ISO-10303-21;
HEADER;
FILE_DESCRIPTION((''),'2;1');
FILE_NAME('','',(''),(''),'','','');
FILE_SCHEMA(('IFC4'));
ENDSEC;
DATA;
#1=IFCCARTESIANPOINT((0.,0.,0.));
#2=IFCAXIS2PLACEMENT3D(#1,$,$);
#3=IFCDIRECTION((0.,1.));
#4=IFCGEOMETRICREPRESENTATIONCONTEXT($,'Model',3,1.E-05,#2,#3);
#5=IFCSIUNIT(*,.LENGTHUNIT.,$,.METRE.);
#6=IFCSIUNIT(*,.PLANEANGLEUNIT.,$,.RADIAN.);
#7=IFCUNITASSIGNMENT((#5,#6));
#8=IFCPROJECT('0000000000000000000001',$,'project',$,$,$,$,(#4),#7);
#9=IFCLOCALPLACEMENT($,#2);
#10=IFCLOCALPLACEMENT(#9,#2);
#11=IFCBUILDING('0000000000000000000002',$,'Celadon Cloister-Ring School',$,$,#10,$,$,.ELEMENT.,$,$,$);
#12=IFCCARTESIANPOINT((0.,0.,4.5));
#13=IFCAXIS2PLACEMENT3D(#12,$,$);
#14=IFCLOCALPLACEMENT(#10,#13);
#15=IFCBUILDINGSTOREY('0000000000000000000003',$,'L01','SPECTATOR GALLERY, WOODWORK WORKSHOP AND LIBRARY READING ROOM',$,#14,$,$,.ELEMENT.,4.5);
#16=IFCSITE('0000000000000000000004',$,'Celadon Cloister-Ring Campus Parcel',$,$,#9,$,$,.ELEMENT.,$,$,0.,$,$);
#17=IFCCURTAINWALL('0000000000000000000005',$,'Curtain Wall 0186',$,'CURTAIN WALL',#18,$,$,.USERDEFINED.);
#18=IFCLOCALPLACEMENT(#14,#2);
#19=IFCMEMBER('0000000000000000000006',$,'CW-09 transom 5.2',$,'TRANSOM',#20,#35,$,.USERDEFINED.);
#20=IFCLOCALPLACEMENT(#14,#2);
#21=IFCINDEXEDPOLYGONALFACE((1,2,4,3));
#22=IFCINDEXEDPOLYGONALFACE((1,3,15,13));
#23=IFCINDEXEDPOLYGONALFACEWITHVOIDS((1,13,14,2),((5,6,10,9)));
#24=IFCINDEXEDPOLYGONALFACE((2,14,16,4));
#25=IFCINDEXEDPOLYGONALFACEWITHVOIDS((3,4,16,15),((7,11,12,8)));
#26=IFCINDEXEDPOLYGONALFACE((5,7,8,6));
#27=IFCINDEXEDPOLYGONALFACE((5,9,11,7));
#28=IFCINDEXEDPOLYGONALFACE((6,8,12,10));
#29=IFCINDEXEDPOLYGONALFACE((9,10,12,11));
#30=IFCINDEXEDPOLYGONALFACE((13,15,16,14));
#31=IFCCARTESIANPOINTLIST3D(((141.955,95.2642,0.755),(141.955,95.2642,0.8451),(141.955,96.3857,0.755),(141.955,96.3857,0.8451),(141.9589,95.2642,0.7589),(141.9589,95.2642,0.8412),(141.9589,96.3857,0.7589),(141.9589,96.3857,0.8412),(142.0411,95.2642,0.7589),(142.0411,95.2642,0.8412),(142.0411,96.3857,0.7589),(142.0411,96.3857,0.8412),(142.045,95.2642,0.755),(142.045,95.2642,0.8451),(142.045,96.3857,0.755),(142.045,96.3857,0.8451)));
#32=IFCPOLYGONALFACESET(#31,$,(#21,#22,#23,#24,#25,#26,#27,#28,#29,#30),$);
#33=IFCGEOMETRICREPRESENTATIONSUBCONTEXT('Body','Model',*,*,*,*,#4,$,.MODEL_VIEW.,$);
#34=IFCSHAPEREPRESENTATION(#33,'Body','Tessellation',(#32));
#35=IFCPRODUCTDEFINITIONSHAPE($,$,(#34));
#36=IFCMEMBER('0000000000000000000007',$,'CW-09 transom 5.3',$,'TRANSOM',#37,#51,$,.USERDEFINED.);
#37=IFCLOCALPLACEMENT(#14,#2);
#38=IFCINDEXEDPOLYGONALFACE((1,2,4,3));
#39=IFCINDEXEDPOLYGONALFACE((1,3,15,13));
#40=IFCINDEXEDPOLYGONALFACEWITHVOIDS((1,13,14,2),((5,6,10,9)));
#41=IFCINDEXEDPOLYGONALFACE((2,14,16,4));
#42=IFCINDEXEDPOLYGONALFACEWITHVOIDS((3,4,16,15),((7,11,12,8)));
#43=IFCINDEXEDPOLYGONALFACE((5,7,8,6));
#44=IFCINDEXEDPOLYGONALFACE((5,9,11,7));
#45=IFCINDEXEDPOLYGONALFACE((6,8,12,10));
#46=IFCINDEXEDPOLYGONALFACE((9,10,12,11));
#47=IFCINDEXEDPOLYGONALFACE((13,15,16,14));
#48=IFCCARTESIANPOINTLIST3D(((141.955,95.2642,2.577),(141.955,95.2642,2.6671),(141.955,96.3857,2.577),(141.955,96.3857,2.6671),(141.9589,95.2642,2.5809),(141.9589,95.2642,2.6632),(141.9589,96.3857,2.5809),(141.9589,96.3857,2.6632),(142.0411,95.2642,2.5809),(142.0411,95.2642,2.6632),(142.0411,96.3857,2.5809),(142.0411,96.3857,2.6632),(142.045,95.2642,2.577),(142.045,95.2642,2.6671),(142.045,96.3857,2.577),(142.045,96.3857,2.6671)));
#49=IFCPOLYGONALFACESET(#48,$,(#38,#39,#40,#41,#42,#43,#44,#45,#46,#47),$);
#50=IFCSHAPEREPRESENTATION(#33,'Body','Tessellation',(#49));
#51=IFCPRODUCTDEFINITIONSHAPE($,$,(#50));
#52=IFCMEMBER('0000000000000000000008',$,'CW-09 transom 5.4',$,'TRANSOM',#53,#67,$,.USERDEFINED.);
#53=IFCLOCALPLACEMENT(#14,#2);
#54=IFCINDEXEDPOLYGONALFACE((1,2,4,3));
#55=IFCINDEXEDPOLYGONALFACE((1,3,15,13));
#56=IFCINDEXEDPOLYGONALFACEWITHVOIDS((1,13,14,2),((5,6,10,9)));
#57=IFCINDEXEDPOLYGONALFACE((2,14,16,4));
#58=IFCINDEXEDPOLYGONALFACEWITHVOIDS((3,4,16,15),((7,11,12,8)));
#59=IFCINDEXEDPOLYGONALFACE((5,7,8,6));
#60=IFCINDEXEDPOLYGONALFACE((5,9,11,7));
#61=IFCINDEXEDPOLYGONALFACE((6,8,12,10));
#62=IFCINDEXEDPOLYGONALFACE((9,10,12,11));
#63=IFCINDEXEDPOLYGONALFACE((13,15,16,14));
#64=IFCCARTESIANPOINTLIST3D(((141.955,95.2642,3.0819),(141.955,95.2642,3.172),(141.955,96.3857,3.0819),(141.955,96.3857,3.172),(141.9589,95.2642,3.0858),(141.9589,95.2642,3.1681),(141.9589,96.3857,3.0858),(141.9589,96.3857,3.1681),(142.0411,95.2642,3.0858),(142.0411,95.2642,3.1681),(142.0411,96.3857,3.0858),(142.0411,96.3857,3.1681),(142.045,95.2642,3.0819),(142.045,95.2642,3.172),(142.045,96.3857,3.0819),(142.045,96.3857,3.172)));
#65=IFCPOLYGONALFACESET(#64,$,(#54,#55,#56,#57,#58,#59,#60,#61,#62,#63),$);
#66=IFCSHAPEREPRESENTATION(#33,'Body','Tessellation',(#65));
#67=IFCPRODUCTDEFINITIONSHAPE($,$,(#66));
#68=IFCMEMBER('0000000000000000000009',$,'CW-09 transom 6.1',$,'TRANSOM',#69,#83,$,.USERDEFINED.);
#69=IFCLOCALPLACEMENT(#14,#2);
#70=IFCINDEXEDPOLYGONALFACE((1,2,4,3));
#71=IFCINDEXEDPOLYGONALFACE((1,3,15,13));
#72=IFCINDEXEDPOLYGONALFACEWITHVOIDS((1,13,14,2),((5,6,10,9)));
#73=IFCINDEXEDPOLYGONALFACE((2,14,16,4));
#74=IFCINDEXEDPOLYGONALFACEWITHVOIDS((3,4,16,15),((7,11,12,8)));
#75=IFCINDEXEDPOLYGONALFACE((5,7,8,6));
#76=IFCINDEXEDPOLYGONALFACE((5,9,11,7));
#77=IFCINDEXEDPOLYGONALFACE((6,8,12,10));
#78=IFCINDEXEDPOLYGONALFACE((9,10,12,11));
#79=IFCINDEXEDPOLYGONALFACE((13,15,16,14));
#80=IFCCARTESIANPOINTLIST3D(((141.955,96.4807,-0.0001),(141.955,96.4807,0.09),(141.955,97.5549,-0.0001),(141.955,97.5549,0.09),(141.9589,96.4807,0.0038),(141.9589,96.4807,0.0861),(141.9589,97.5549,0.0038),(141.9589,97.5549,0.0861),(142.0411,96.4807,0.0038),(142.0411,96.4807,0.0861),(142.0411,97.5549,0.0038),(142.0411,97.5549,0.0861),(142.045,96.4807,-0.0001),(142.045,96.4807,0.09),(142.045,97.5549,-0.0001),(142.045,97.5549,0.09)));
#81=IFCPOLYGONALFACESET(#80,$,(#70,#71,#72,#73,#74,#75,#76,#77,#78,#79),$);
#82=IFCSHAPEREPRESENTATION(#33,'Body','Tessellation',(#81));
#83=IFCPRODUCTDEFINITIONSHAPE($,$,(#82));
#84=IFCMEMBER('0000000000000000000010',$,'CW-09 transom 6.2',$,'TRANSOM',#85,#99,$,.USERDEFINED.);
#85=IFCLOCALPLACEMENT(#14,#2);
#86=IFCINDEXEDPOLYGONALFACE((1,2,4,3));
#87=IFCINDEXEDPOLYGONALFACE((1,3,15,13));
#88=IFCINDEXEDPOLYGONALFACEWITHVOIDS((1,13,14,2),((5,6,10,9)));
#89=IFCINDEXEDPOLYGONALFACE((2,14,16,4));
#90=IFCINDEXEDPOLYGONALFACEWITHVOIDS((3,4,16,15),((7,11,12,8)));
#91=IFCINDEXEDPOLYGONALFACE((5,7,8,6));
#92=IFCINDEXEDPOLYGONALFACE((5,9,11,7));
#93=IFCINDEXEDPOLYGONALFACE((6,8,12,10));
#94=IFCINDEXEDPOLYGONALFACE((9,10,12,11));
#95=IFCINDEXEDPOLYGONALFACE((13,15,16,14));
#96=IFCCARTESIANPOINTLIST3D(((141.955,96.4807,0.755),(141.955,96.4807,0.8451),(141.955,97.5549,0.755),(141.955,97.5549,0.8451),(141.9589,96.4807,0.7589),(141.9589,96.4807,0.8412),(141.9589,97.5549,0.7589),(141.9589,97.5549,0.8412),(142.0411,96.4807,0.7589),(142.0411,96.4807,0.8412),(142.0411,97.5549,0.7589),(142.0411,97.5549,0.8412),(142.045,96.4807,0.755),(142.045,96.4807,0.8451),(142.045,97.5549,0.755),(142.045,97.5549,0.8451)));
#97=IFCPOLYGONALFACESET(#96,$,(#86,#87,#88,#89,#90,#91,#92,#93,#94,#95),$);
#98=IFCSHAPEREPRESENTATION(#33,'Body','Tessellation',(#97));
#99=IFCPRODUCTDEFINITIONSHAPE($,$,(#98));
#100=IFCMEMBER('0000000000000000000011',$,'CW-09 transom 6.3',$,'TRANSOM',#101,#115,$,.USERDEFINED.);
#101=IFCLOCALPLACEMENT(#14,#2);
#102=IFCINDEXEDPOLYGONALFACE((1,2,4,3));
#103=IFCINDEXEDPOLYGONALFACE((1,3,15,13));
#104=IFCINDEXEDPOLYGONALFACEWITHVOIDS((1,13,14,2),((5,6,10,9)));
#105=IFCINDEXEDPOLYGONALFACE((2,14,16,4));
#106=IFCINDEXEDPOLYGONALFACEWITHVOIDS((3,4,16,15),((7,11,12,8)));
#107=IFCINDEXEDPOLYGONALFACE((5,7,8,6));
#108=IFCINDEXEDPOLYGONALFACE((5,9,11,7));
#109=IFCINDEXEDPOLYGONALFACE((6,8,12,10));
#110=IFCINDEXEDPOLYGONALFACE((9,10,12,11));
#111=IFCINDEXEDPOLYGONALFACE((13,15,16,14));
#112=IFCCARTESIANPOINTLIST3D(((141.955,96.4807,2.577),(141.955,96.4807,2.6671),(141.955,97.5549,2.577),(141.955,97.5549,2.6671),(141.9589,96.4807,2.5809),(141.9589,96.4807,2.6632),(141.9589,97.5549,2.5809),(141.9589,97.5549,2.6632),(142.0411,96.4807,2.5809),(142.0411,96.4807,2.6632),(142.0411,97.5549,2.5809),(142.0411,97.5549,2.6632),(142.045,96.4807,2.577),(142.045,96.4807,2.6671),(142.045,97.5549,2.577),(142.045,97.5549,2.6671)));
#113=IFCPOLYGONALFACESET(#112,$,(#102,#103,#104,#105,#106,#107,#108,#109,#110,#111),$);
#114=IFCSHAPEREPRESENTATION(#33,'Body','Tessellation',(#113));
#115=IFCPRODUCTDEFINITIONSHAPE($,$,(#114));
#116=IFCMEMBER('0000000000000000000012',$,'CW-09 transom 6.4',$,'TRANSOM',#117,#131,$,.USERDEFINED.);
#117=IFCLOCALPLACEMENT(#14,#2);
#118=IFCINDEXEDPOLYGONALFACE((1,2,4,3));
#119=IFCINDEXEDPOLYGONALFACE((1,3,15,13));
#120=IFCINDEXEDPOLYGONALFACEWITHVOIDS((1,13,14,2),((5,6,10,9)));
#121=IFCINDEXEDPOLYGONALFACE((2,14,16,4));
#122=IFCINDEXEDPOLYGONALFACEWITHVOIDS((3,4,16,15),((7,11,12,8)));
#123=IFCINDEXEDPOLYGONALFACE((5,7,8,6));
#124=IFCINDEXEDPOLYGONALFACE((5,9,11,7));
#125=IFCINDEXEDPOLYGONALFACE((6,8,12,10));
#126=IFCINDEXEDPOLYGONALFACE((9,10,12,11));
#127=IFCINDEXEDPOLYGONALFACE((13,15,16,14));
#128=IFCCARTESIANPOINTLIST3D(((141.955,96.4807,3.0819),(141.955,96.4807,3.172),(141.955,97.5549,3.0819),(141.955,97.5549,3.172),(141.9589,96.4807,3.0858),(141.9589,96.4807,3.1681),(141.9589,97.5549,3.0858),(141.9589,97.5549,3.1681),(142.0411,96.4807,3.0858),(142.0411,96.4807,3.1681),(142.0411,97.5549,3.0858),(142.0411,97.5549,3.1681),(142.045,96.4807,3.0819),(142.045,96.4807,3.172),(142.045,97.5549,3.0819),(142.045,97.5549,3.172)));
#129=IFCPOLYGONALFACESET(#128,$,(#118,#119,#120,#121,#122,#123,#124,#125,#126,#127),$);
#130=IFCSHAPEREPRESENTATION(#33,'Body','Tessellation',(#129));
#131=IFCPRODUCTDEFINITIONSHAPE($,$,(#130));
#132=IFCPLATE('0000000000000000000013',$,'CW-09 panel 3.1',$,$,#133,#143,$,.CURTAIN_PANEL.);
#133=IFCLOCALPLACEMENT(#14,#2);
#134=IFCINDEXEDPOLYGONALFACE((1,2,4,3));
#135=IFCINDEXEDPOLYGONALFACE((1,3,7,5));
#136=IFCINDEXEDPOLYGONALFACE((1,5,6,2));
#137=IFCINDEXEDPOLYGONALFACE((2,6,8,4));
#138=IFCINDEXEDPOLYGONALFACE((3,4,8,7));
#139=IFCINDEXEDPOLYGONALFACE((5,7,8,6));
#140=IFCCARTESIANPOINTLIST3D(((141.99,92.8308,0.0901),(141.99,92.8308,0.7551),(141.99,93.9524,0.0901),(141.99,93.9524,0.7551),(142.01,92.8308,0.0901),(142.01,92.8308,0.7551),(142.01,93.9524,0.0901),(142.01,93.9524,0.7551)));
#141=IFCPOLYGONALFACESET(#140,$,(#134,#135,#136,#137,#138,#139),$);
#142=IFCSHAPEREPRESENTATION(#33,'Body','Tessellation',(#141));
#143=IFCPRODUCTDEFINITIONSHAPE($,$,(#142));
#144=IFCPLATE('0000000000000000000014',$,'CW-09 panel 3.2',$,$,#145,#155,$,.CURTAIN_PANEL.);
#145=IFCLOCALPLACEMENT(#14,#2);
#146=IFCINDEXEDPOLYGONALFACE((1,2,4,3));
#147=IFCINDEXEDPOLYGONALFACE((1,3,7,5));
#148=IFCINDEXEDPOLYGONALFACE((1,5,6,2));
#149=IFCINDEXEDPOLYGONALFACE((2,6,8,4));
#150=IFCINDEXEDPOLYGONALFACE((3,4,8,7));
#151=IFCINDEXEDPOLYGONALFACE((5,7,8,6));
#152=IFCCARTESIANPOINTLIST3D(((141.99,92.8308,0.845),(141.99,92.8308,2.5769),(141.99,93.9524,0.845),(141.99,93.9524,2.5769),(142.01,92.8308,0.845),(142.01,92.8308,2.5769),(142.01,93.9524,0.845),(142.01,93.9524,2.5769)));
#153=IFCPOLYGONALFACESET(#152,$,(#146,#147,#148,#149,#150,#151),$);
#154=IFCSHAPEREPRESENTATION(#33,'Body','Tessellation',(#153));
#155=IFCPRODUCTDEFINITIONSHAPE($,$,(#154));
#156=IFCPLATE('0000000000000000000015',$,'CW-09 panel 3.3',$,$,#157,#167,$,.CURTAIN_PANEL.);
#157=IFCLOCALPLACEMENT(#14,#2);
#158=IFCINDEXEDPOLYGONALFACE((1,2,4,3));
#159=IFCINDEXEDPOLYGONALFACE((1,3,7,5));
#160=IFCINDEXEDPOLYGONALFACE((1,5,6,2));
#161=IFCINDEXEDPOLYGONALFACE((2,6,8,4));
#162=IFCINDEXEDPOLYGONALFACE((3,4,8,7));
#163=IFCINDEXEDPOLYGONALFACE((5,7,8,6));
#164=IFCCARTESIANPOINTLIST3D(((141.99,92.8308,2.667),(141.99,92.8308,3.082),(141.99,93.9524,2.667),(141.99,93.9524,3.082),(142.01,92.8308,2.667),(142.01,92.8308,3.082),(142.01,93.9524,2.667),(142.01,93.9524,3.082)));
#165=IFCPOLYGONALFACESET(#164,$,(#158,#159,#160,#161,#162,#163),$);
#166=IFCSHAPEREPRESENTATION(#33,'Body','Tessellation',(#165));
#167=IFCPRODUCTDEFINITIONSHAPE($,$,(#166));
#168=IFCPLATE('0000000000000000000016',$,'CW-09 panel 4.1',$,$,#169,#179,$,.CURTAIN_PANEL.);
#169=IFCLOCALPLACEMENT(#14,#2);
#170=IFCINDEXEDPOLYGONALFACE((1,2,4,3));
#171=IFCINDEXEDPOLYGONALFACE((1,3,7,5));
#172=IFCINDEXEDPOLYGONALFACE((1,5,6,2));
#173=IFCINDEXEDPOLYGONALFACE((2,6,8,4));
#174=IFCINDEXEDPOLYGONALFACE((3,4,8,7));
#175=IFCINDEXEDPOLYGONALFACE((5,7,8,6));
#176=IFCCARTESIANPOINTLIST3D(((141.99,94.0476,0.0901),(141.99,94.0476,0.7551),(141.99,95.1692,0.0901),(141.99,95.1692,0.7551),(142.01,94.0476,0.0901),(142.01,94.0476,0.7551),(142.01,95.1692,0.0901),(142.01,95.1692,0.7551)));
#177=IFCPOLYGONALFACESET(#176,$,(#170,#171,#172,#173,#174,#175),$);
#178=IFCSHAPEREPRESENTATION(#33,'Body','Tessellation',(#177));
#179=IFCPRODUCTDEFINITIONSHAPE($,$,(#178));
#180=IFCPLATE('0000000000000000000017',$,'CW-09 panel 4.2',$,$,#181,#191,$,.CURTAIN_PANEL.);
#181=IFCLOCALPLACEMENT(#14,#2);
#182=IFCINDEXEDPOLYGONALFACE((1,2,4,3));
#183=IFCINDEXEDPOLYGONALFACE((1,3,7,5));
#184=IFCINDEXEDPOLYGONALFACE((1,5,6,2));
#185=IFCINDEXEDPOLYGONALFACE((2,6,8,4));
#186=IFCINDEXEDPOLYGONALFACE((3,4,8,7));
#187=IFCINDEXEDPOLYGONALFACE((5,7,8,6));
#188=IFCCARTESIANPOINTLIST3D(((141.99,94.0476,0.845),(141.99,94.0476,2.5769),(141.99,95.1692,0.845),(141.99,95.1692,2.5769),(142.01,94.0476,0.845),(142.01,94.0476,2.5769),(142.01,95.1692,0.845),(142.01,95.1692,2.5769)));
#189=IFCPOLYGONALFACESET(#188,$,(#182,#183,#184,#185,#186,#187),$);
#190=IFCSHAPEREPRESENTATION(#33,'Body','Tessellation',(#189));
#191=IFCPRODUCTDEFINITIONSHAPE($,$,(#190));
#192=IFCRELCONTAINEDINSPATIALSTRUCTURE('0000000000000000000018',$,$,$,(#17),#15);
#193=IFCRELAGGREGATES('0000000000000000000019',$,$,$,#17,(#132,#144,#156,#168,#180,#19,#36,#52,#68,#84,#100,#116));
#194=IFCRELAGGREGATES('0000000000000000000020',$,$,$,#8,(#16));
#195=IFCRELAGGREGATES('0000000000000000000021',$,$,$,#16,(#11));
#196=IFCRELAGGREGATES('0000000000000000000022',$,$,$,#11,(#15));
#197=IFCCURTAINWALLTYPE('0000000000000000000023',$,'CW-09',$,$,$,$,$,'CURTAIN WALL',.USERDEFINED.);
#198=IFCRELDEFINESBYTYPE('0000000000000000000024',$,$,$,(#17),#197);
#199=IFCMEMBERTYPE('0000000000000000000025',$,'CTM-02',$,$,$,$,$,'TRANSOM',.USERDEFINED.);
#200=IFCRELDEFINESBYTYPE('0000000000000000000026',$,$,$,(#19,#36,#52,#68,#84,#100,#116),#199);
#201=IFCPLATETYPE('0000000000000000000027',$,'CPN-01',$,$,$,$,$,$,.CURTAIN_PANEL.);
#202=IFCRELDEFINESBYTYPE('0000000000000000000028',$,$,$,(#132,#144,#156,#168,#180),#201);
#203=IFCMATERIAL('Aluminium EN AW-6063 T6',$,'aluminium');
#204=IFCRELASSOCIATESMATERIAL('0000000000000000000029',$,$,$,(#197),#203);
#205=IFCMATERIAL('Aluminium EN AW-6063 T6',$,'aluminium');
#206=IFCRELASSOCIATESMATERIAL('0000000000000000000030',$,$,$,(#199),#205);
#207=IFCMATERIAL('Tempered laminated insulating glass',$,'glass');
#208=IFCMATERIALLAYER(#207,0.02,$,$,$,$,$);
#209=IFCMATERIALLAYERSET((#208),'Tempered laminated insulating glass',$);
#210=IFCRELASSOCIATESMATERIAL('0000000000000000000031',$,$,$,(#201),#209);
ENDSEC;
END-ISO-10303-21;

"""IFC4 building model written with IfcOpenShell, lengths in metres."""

from ifc_helpers import new_model, si_unit, direction, frame, origin, origin_2d, place, context, subcontext, project, spatial, rectangle, hollow_rectangle, extrude, material, layer, layer_set, material_profile, profile_set, type_object, element, aggregate, save


model = new_model("IFC4")

# Units and contexts
model_context = context("Model", 3, precision=1e-05, world=origin(), true_north=direction((0.0, 1.0)))
body_context = subcontext(model_context, "Body", "Model", "MODEL_VIEW")
ifc_project = project(units=[si_unit("LENGTHUNIT", "METRE"), si_unit("PLANEANGLEUNIT", "RADIAN")], contexts=[model_context])

# Site, building, storey
site_placement = place(None, origin())
site = spatial("IfcSite", under=ifc_project, at=site_placement, Name="Celadon Cloister-Ring Campus Parcel", CompositionType="ELEMENT", RefElevation=0.0)
building_placement = place(site_placement, origin())
building = spatial("IfcBuilding", under=site, at=building_placement, Name="Celadon Cloister-Ring School", CompositionType="ELEMENT")
storey_placement = place(building_placement, frame((0.0, 0.0, 4.5)))
storey = spatial("IfcBuildingStorey", under=building, at=storey_placement, Name="L01", Description="SPECTATOR GALLERY, WOODWORK WORKSHOP AND LIBRARY READING ROOM", CompositionType="ELEMENT", Elevation=4.5)

# Curtain wall, members, plates
ifc_material_1 = material(Name="Aluminium EN AW-6063 T6", Category="aluminium")
curtain_wall_type = type_object("IfcCurtainWallType", Name="CW-09", ElementType="CURTAIN WALL", PredefinedType="USERDEFINED", material=ifc_material_1)
curtain_wall_placement = place(storey_placement, origin())
curtain_wall = element("IfcCurtainWall", 1, at=curtain_wall_placement, inside=storey, type_object=curtain_wall_type, Name="Curtain Wall 0186", ObjectType="CURTAIN WALL", PredefinedType="USERDEFINED")
ifc_material_2 = material(Name="Aluminium EN AW-6063 T6", Category="aluminium")
ifc_material_profile_1 = material_profile(ifc_material_2, hollow_rectangle(XDim=0.0901, YDim=0.0901, WallThickness=0.0039, at=origin_2d()), Name="RHS90X90X4")
ifc_profile_set_1 = profile_set([ifc_material_profile_1], Name="Aluminium EN AW-6063 T6")
member_type_1 = type_object("IfcMemberType", Name="CTM-02", ElementType="TRANSOM", PredefinedType="USERDEFINED", material=ifc_profile_set_1)
member_1_placement = place(storey_placement, frame((142.0, 95.2642, 0.8), z_axis=(0.0, 1.0, 0.0), x_axis=(-1.0, 0.0, 0.0)))
member_1 = element("IfcMember", 2, at=member_1_placement, type_object=member_type_1, Name="CW-09 transom 5.2", ObjectType="TRANSOM", PredefinedType="USERDEFINED", context=body_context, shape_type="SweptSolid", body=[
    extrude(hollow_rectangle(XDim=0.0901, YDim=0.0901, WallThickness=0.0039, at=origin_2d()), origin(), (0.0, 0.0, 1.0), 1.1216),
])
member_2_placement = place(storey_placement, frame((142.0, 95.2642, 2.6221), z_axis=(0.0, 1.0, 0.0), x_axis=(-1.0, 0.0, 0.0)))
member_2 = element("IfcMember", 3, at=member_2_placement, type_object=member_type_1, Name="CW-09 transom 5.3", ObjectType="TRANSOM", PredefinedType="USERDEFINED", context=body_context, shape_type="SweptSolid", body=[
    extrude(hollow_rectangle(XDim=0.0901, YDim=0.0901, WallThickness=0.0039, at=origin_2d()), origin(), (0.0, 0.0, 1.0), 1.1216),
])
member_3_placement = place(storey_placement, frame((142.0, 95.2642, 3.127), z_axis=(0.0, 1.0, 0.0), x_axis=(-1.0, 0.0, 0.0)))
member_3 = element("IfcMember", 4, at=member_3_placement, type_object=member_type_1, Name="CW-09 transom 5.4", ObjectType="TRANSOM", PredefinedType="USERDEFINED", context=body_context, shape_type="SweptSolid", body=[
    extrude(hollow_rectangle(XDim=0.0901, YDim=0.0901, WallThickness=0.0039, at=origin_2d()), origin(), (0.0, 0.0, 1.0), 1.1216),
])
member_4_placement = place(storey_placement, frame((142.0, 96.4807, 0.0449), z_axis=(0.0, 1.0, 0.0), x_axis=(-1.0, 0.0, 0.0)))
member_4 = element("IfcMember", 5, at=member_4_placement, type_object=member_type_1, Name="CW-09 transom 6.1", ObjectType="TRANSOM", PredefinedType="USERDEFINED", context=body_context, shape_type="SweptSolid", body=[
    extrude(hollow_rectangle(XDim=0.0901, YDim=0.0901, WallThickness=0.0039, at=origin_2d()), origin(), (0.0, 0.0, 1.0), 1.0742),
])
member_5_placement = place(storey_placement, frame((142.0, 96.4807, 0.8), z_axis=(0.0, 1.0, 0.0), x_axis=(-1.0, 0.0, 0.0)))
member_5 = element("IfcMember", 6, at=member_5_placement, type_object=member_type_1, Name="CW-09 transom 6.2", ObjectType="TRANSOM", PredefinedType="USERDEFINED", context=body_context, shape_type="SweptSolid", body=[
    extrude(hollow_rectangle(XDim=0.0901, YDim=0.0901, WallThickness=0.0039, at=origin_2d()), origin(), (0.0, 0.0, 1.0), 1.0742),
])
member_6_placement = place(storey_placement, frame((142.0, 96.4807, 2.6221), z_axis=(0.0, 1.0, 0.0), x_axis=(-1.0, 0.0, 0.0)))
member_6 = element("IfcMember", 7, at=member_6_placement, type_object=member_type_1, Name="CW-09 transom 6.3", ObjectType="TRANSOM", PredefinedType="USERDEFINED", context=body_context, shape_type="SweptSolid", body=[
    extrude(hollow_rectangle(XDim=0.0901, YDim=0.0901, WallThickness=0.0039, at=origin_2d()), origin(), (0.0, 0.0, 1.0), 1.0742),
])
member_7_placement = place(storey_placement, frame((142.0, 96.4807, 3.127), z_axis=(0.0, 1.0, 0.0), x_axis=(-1.0, 0.0, 0.0)))
member_7 = element("IfcMember", 8, at=member_7_placement, type_object=member_type_1, Name="CW-09 transom 6.4", ObjectType="TRANSOM", PredefinedType="USERDEFINED", context=body_context, shape_type="SweptSolid", body=[
    extrude(hollow_rectangle(XDim=0.0901, YDim=0.0901, WallThickness=0.0039, at=origin_2d()), origin(), (0.0, 0.0, 1.0), 1.0742),
])
ifc_material_3 = material(Name="Tempered laminated insulating glass", Category="glass")
ifc_layer = layer(ifc_material_3, 0.02)
ifc_layer_set = layer_set([ifc_layer], Name="Tempered laminated insulating glass")
plate_type = type_object("IfcPlateType", Name="CPN-01", PredefinedType="CURTAIN_PANEL", material=ifc_layer_set)
plate_1_placement = place(storey_placement, frame((142.0, 93.3916, 0.0901), z_axis=(0.0, 0.0, 1.0), x_axis=(0.0, 1.0, 0.0)))
plate_1 = element("IfcPlate", 9, at=plate_1_placement, type_object=plate_type, Name="CW-09 panel 3.1", PredefinedType="CURTAIN_PANEL", context=body_context, shape_type="SweptSolid", body=[
    extrude(rectangle(XDim=1.1216, YDim=0.02, at=origin_2d()), origin(), (0.0, 0.0, 1.0), 0.665),
])
plate_2_placement = place(storey_placement, frame((142.0, 93.3916, 0.845), z_axis=(0.0, 0.0, 1.0), x_axis=(0.0, 1.0, 0.0)))
plate_2 = element("IfcPlate", 10, at=plate_2_placement, type_object=plate_type, Name="CW-09 panel 3.2", PredefinedType="CURTAIN_PANEL", context=body_context, shape_type="SweptSolid", body=[
    extrude(rectangle(XDim=1.1216, YDim=0.02, at=origin_2d()), origin(), (0.0, 0.0, 1.0), 1.7319),
])
plate_3_placement = place(storey_placement, frame((142.0, 93.3916, 2.667), z_axis=(0.0, 0.0, 1.0), x_axis=(0.0, 1.0, 0.0)))
plate_3 = element("IfcPlate", 11, at=plate_3_placement, type_object=plate_type, Name="CW-09 panel 3.3", PredefinedType="CURTAIN_PANEL", context=body_context, shape_type="SweptSolid", body=[
    extrude(rectangle(XDim=1.1216, YDim=0.02, at=origin_2d()), origin(), (0.0, 0.0, 1.0), 0.415),
])
plate_4_placement = place(storey_placement, frame((142.0, 94.6084, 0.0901), z_axis=(0.0, 0.0, 1.0), x_axis=(0.0, 1.0, 0.0)))
plate_4 = element("IfcPlate", 12, at=plate_4_placement, type_object=plate_type, Name="CW-09 panel 4.1", PredefinedType="CURTAIN_PANEL", context=body_context, shape_type="SweptSolid", body=[
    extrude(rectangle(XDim=1.1216, YDim=0.02, at=origin_2d()), origin(), (0.0, 0.0, 1.0), 0.665),
])
plate_5_placement = place(storey_placement, frame((142.0, 94.6084, 0.845), z_axis=(0.0, 0.0, 1.0), x_axis=(0.0, 1.0, 0.0)))
plate_5 = element("IfcPlate", 13, at=plate_5_placement, type_object=plate_type, Name="CW-09 panel 4.2", PredefinedType="CURTAIN_PANEL", context=body_context, shape_type="SweptSolid", body=[
    extrude(rectangle(XDim=1.1216, YDim=0.02, at=origin_2d()), origin(), (0.0, 0.0, 1.0), 1.7319),
])
aggregate(curtain_wall, [plate_1, plate_2, plate_3, plate_4, plate_5, member_1, member_2, member_3, member_4, member_5, member_6, member_7])

save(model, "model.ifc")
